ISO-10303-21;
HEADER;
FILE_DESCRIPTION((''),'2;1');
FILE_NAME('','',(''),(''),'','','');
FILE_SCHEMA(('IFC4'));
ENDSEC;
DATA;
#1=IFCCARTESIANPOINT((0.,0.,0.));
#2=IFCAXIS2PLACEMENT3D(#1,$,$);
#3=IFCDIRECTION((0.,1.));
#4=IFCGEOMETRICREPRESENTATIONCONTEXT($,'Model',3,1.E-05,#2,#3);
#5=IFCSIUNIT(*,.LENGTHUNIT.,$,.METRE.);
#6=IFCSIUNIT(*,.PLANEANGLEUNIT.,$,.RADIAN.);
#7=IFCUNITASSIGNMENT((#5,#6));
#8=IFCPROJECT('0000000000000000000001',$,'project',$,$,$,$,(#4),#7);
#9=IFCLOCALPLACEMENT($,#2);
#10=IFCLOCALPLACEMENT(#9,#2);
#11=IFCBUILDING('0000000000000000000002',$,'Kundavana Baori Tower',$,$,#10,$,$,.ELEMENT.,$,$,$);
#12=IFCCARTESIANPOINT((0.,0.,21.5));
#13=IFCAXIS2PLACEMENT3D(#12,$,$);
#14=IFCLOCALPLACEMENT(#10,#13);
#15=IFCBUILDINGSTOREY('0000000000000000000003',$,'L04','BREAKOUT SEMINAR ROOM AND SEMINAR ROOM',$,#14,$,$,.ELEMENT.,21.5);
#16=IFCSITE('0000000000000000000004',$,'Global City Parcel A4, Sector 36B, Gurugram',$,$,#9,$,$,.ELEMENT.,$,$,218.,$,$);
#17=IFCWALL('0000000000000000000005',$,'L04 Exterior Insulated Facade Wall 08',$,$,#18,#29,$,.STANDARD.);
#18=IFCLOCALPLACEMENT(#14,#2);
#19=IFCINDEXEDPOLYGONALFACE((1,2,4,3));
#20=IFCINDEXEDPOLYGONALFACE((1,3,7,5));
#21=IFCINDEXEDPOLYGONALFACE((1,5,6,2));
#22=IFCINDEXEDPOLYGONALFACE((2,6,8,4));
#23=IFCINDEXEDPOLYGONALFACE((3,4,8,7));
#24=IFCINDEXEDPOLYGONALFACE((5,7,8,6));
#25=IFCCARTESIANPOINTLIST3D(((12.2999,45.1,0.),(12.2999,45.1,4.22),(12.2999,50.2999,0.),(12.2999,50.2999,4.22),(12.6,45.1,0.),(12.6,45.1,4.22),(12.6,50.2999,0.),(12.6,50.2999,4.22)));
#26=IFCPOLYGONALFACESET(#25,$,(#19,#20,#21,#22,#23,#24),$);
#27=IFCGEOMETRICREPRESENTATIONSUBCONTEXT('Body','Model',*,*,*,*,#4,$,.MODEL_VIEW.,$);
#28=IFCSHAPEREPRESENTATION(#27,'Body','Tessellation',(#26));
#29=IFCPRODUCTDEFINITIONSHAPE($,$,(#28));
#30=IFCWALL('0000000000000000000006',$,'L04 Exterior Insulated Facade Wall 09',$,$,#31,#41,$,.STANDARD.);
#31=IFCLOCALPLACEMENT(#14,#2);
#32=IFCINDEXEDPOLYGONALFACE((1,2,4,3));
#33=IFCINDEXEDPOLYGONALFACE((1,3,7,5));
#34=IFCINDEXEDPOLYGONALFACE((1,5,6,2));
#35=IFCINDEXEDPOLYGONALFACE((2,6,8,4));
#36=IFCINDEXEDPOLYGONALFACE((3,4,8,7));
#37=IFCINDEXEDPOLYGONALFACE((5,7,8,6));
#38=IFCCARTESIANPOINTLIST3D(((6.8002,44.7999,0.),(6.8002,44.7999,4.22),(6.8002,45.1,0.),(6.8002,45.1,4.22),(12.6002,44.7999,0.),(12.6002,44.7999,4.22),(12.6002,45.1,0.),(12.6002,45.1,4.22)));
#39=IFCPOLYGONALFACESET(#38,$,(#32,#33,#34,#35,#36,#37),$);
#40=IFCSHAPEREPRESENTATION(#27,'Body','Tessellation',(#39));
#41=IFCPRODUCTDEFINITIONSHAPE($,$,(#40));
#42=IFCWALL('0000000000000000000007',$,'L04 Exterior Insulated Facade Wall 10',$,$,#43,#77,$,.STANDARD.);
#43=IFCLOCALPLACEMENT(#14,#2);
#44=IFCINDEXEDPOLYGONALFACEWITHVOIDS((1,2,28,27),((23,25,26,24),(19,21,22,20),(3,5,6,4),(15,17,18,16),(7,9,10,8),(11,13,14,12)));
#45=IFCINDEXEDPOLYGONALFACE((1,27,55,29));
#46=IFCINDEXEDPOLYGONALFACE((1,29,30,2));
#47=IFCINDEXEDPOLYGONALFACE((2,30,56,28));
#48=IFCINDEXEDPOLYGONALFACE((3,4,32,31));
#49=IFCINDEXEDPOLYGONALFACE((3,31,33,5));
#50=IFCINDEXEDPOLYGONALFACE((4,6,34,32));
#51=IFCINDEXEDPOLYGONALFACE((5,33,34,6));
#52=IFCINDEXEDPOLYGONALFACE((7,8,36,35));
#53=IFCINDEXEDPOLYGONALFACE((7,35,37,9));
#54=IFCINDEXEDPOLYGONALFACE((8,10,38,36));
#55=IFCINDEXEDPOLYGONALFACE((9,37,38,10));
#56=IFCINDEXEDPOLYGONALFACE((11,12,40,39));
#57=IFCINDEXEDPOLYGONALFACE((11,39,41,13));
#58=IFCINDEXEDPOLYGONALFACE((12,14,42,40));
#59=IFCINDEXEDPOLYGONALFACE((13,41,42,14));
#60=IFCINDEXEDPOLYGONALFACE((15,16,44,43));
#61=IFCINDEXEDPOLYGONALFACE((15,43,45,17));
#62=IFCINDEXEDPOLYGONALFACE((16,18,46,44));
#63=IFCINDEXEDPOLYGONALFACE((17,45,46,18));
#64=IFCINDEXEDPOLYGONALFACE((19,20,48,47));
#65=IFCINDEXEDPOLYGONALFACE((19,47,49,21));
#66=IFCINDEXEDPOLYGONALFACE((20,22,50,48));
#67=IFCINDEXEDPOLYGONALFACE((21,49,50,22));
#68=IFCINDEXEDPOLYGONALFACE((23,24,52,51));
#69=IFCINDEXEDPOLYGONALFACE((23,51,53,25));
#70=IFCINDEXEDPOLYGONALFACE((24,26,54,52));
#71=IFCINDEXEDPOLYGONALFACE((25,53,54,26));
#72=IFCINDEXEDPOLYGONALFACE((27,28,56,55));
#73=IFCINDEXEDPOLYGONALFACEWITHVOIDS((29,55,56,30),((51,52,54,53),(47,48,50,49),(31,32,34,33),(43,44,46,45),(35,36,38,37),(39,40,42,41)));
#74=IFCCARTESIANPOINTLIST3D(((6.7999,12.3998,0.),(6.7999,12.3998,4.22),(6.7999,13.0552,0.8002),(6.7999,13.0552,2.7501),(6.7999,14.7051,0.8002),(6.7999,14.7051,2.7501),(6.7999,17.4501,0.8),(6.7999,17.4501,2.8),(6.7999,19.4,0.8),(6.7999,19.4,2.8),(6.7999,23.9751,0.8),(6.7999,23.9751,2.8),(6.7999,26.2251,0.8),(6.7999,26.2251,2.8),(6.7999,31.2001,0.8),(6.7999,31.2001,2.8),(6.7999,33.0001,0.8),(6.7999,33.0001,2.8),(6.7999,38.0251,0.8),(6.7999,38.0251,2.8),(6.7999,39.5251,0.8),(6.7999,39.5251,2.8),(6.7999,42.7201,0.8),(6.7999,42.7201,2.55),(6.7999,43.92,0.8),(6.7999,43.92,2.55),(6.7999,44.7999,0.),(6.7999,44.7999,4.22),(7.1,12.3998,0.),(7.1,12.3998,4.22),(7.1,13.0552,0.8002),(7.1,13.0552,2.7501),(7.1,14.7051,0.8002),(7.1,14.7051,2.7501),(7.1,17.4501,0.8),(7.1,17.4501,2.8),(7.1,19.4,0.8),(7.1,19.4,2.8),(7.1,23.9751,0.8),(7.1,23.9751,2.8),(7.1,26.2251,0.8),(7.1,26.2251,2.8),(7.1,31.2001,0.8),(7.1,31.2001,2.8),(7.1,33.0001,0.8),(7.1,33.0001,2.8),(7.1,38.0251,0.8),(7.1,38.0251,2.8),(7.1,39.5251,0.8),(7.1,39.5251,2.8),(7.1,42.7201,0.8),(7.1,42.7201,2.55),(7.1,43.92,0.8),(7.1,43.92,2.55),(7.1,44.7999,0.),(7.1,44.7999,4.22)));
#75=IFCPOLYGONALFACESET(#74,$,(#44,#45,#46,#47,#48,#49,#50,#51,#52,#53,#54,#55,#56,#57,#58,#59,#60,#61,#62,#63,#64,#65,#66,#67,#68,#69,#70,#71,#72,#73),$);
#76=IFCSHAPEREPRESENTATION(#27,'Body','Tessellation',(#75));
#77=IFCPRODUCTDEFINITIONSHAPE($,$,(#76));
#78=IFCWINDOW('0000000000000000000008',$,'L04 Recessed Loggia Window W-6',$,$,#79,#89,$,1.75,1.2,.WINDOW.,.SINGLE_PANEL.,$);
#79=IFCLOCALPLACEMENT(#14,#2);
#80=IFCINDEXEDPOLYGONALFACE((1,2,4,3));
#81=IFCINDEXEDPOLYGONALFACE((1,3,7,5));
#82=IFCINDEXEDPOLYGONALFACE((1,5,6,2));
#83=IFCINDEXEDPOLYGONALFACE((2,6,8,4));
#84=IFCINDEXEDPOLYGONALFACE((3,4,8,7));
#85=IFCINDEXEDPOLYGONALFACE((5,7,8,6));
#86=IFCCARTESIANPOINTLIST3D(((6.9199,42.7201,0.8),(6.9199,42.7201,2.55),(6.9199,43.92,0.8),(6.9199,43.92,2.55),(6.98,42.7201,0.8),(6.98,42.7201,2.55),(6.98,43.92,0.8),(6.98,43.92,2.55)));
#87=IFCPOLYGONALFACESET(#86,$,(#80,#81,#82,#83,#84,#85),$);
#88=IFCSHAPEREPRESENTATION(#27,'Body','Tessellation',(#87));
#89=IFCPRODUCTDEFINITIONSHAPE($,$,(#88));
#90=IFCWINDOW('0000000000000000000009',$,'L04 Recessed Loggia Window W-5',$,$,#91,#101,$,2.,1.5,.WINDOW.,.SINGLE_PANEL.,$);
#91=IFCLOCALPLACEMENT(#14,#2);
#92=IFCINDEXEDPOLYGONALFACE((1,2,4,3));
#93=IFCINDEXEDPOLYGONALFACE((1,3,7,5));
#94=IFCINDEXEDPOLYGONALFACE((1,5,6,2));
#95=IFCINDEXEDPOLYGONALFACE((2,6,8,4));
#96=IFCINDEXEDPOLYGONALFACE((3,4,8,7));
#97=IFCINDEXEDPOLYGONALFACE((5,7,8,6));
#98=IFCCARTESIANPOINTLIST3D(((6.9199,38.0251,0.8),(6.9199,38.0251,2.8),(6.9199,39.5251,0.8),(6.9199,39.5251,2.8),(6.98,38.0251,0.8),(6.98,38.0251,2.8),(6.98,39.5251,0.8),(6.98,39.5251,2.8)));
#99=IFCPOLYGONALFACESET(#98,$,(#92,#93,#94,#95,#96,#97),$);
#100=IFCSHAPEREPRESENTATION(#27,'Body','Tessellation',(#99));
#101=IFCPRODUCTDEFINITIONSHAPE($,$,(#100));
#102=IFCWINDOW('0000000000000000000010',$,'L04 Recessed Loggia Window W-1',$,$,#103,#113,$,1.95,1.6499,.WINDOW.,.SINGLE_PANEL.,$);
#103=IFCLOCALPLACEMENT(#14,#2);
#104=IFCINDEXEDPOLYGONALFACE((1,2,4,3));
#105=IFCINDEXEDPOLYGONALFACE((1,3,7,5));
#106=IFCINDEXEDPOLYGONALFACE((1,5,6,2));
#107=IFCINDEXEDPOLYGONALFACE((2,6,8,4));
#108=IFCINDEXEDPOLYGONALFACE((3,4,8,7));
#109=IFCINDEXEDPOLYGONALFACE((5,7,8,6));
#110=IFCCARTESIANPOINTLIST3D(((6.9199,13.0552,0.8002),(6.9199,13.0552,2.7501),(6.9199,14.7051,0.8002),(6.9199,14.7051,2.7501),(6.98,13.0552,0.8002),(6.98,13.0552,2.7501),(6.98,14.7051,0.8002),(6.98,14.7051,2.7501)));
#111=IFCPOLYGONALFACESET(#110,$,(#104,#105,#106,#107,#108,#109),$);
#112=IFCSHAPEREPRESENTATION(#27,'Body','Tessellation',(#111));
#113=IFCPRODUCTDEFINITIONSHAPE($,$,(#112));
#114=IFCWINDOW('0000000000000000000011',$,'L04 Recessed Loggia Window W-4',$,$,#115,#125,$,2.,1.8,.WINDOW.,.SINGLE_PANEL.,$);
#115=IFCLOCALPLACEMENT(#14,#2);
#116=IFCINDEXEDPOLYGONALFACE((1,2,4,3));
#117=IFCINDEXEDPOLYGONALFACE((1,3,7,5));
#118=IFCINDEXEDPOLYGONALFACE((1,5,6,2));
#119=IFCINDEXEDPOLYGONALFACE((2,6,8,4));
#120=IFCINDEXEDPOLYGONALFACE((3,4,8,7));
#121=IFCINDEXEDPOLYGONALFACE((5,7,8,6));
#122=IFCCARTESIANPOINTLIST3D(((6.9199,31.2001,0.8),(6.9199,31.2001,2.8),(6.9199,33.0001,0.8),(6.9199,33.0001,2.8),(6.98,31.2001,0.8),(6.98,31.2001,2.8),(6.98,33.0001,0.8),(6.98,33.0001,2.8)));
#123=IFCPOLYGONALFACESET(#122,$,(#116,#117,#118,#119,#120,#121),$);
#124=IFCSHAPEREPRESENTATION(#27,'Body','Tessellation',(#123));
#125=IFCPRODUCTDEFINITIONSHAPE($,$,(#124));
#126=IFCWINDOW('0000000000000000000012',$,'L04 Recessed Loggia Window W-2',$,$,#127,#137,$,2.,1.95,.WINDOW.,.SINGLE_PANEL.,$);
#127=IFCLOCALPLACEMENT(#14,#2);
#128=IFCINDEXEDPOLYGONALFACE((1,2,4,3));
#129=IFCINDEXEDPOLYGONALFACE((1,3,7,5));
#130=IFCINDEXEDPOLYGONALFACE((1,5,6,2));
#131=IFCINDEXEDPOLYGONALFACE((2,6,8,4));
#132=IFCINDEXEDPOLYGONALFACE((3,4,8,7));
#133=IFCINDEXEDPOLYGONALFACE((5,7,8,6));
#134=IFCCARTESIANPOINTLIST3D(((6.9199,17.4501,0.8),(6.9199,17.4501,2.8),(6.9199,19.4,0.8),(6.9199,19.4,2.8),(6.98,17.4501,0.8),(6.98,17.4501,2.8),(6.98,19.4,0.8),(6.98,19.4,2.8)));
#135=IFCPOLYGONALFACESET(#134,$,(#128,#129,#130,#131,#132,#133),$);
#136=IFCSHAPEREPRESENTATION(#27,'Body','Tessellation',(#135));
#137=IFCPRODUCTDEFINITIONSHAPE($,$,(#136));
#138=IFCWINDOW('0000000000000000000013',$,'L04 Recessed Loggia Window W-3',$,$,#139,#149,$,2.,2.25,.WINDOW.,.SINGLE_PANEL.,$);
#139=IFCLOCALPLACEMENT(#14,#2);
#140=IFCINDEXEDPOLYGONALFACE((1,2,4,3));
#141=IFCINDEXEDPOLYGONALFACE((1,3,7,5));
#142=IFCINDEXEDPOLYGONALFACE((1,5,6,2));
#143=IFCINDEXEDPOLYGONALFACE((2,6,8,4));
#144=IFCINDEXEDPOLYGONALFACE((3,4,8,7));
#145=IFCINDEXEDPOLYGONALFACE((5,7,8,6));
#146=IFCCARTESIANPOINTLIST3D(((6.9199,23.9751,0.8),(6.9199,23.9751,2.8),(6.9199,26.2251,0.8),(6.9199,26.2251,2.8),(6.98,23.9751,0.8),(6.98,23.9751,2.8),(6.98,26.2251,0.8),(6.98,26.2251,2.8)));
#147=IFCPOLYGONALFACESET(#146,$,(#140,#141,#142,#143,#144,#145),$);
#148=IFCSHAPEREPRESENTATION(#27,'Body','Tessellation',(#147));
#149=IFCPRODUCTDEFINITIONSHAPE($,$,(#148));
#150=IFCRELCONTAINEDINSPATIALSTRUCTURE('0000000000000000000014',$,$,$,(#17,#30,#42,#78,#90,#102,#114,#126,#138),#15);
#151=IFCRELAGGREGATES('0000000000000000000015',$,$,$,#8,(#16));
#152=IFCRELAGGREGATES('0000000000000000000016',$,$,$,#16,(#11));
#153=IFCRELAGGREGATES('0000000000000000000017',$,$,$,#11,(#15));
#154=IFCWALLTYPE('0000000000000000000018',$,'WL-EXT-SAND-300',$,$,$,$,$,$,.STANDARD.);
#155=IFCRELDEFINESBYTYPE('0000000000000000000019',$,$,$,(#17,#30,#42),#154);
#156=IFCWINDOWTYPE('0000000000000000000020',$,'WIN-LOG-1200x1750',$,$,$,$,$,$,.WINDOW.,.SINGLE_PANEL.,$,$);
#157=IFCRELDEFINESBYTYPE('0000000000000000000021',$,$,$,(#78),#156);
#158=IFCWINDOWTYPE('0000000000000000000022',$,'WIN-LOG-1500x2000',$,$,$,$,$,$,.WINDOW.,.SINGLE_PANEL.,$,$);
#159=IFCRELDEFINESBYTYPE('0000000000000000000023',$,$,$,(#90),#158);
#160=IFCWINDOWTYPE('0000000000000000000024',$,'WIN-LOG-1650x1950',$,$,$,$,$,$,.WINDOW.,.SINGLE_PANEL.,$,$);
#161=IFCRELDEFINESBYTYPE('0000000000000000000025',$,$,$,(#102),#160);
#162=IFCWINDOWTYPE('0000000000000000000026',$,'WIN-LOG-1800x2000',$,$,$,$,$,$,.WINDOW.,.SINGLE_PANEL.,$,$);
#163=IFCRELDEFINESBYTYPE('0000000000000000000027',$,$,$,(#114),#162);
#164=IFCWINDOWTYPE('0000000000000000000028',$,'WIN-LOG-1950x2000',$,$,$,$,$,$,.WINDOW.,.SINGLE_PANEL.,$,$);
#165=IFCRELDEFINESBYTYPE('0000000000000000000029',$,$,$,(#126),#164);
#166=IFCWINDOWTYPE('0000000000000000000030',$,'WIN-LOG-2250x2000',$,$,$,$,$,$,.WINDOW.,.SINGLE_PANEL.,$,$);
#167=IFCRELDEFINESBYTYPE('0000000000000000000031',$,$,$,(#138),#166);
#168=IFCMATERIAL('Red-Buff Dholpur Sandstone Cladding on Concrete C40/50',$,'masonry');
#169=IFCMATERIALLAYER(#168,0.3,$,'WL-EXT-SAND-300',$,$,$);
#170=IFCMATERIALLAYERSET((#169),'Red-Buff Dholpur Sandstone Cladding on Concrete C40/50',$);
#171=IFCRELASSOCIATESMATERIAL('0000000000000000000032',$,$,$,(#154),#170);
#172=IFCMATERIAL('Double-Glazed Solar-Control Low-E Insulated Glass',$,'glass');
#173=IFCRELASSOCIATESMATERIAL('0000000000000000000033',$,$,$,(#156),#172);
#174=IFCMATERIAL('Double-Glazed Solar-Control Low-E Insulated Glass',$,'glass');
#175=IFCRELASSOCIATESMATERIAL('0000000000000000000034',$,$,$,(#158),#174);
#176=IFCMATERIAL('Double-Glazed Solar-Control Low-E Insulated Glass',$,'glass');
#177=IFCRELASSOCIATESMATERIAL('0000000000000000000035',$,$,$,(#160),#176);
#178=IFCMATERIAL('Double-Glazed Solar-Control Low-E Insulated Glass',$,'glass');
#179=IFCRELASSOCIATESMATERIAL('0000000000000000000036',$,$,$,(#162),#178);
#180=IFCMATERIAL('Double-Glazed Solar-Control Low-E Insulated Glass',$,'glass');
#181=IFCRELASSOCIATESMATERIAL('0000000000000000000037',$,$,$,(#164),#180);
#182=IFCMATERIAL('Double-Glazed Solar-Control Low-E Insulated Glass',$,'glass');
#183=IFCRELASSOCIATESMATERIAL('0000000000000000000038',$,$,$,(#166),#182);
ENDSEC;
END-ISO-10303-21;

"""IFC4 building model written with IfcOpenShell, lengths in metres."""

from ifc_helpers import new_model, si_unit, direction, frame, frame_2d, origin, place, context, subcontext, project, spatial, rectangle, extrude, material, layer, layer_set, type_object, element, fill, save


model = new_model("IFC4")

# Units and contexts
model_context = context("Model", 3, precision=1e-05, world=origin(), true_north=direction((0.0, 1.0)))
body_context = subcontext(model_context, "Body", "Model", "MODEL_VIEW")
ifc_project = project(units=[si_unit("LENGTHUNIT", "METRE"), si_unit("PLANEANGLEUNIT", "RADIAN")], contexts=[model_context])

# Site, building, storey
site_placement = place(None, origin())
site = spatial("IfcSite", under=ifc_project, at=site_placement, Name="Global City Parcel A4, Sector 36B, Gurugram", CompositionType="ELEMENT", RefElevation=218.0)
building_placement = place(site_placement, origin())
building = spatial("IfcBuilding", under=site, at=building_placement, Name="Kundavana Baori Tower", CompositionType="ELEMENT")
storey_placement = place(building_placement, frame((0.0, 0.0, 21.5)))
storey = spatial("IfcBuildingStorey", under=building, at=storey_placement, Name="L04", Description="BREAKOUT SEMINAR ROOM AND SEMINAR ROOM", CompositionType="ELEMENT", Elevation=21.5)

# Walls
ifc_material_1 = material(Name="Red-Buff Dholpur Sandstone Cladding on Concrete C40/50", Category="masonry")
ifc_layer_1 = layer(ifc_material_1, 0.3, Name="WL-EXT-SAND-300")
ifc_layer_set_1 = layer_set([ifc_layer_1], Name="Red-Buff Dholpur Sandstone Cladding on Concrete C40/50")
wall_type_1 = type_object("IfcWallType", Name="WL-EXT-SAND-300", PredefinedType="STANDARD", material=ifc_layer_set_1)
wall_1_placement = place(storey_placement, frame((12.45, 50.3, 0.0), z_axis=(0.0, 0.0, 1.0), x_axis=(0.0, -1.0, 0.0)))
element("IfcWall", 1, at=wall_1_placement, inside=storey, type_object=wall_type_1, Name="L04 Exterior Insulated Facade Wall 08", PredefinedType="STANDARD", context=body_context, shape_type="SweptSolid", body=[
    extrude(rectangle(XDim=5.2, YDim=0.3, at=frame_2d((2.6001, 0.0))), origin(), (0.0, 0.0, 1.0), 4.22),
])
wall_2_placement = place(storey_placement, frame((12.6001, 44.95, 0.0), z_axis=(0.0, 0.0, 1.0), x_axis=(-1.0, 0.0, 0.0)))
element("IfcWall", 2, at=wall_2_placement, inside=storey, type_object=wall_type_1, Name="L04 Exterior Insulated Facade Wall 09", PredefinedType="STANDARD", context=body_context, shape_type="SweptSolid", body=[
    extrude(rectangle(XDim=5.8, YDim=0.3, at=frame_2d((2.8999, 0.0))), origin(), (0.0, 0.0, 1.0), 4.22),
])

# Wall, openings, windows
wall_3_placement = place(storey_placement, frame((6.95, 44.8, 0.0), z_axis=(0.0, 0.0, 1.0), x_axis=(0.0, -1.0, 0.0)))
wall_3 = element("IfcWall", 3, at=wall_3_placement, inside=storey, type_object=wall_type_1, Name="L04 Exterior Insulated Facade Wall 10", PredefinedType="STANDARD", context=body_context, shape_type="SweptSolid", body=[
    extrude(rectangle(XDim=32.4001, YDim=0.3, at=frame_2d((16.2002, 0.0))), origin(), (0.0, 0.0, 1.0), 4.22),
])
opening_1_placement = place(wall_3_placement, frame((30.095, 0.0, 0.8)))
opening_1 = element("IfcOpeningElement", 4, at=opening_1_placement, cuts=wall_3, PredefinedType="OPENING", context=body_context, shape_type="SweptSolid", body=[
    extrude(rectangle(XDim=1.6499, YDim=1.95, at=frame_2d((0.825, 0.9751))), frame((0.0, 0.1602, 0.0), z_axis=(0.0, -1.0, 0.0), x_axis=(1.0, 0.0, 0.0)), (0.0, 0.0, 1.0), 0.3201),
])
opening_2_placement = place(wall_3_placement, frame((25.3999, 0.0, 0.8)))
opening_2 = element("IfcOpeningElement", 5, at=opening_2_placement, cuts=wall_3, PredefinedType="OPENING", context=body_context, shape_type="SweptSolid", body=[
    extrude(rectangle(XDim=1.95, YDim=2.0, at=frame_2d((0.9751, 1.0))), frame((0.0, 0.1602, 0.0), z_axis=(0.0, -1.0, 0.0), x_axis=(1.0, 0.0, 0.0)), (0.0, 0.0, 1.0), 0.3201),
])
opening_3_placement = place(wall_3_placement, frame((18.575, 0.0, 0.8)))
opening_3 = element("IfcOpeningElement", 6, at=opening_3_placement, cuts=wall_3, PredefinedType="OPENING", context=body_context, shape_type="SweptSolid", body=[
    extrude(rectangle(XDim=2.25, YDim=2.0, at=frame_2d((1.125, 1.0))), frame((0.0, 0.1602, 0.0), z_axis=(0.0, -1.0, 0.0), x_axis=(1.0, 0.0, 0.0)), (0.0, 0.0, 1.0), 0.3201),
])
opening_4_placement = place(wall_3_placement, frame((11.8, 0.0, 0.8)))
opening_4 = element("IfcOpeningElement", 7, at=opening_4_placement, cuts=wall_3, PredefinedType="OPENING", context=body_context, shape_type="SweptSolid", body=[
    extrude(rectangle(XDim=1.8, YDim=2.0, at=frame_2d((0.8999, 1.0))), frame((0.0, 0.1602, 0.0), z_axis=(0.0, -1.0, 0.0), x_axis=(1.0, 0.0, 0.0)), (0.0, 0.0, 1.0), 0.3201),
])
opening_5_placement = place(wall_3_placement, frame((5.2749, 0.0, 0.8)))
opening_5 = element("IfcOpeningElement", 8, at=opening_5_placement, cuts=wall_3, PredefinedType="OPENING", context=body_context, shape_type="SweptSolid", body=[
    extrude(rectangle(XDim=1.5, YDim=2.0, at=frame_2d((0.75, 1.0))), frame((0.0, 0.1602, 0.0), z_axis=(0.0, -1.0, 0.0), x_axis=(1.0, 0.0, 0.0)), (0.0, 0.0, 1.0), 0.3201),
])
opening_6_placement = place(wall_3_placement, frame((0.8799, 0.0, 0.8)))
opening_6 = element("IfcOpeningElement", 9, at=opening_6_placement, cuts=wall_3, PredefinedType="OPENING", context=body_context, shape_type="SweptSolid", body=[
    extrude(rectangle(XDim=1.2, YDim=1.75, at=frame_2d((0.6001, 0.875))), frame((0.0, 0.1602, 0.0), z_axis=(0.0, -1.0, 0.0), x_axis=(1.0, 0.0, 0.0)), (0.0, 0.0, 1.0), 0.3201),
])
ifc_material_2 = material(Name="Double-Glazed Solar-Control Low-E Insulated Glass", Category="glass")
window_type_1 = type_object("IfcWindowType", Name="WIN-LOG-1200x1750", PartitioningType="SINGLE_PANEL", PredefinedType="WINDOW", material=ifc_material_2)
window_1_placement = place(opening_6_placement, origin())
window_1 = element("IfcWindow", 10, at=window_1_placement, inside=storey, type_object=window_type_1, Name="L04 Recessed Loggia Window W-6", OverallHeight=1.75, OverallWidth=1.2, PartitioningType="SINGLE_PANEL", PredefinedType="WINDOW", context=body_context, shape_type="SweptSolid", body=[
    extrude(rectangle(XDim=1.2, YDim=1.75, at=frame_2d((0.6001, 0.875))), frame((0.0, 0.03, 0.0), z_axis=(0.0, -1.0, 0.0), x_axis=(1.0, 0.0, 0.0)), (0.0, 0.0, 1.0), 0.0601),
])
fill(opening_6, window_1)
ifc_material_3 = material(Name="Double-Glazed Solar-Control Low-E Insulated Glass", Category="glass")
window_type_2 = type_object("IfcWindowType", Name="WIN-LOG-1500x2000", PartitioningType="SINGLE_PANEL", PredefinedType="WINDOW", material=ifc_material_3)
window_2_placement = place(opening_5_placement, origin())
window_2 = element("IfcWindow", 11, at=window_2_placement, inside=storey, type_object=window_type_2, Name="L04 Recessed Loggia Window W-5", OverallHeight=2.0, OverallWidth=1.5, PartitioningType="SINGLE_PANEL", PredefinedType="WINDOW", context=body_context, shape_type="SweptSolid", body=[
    extrude(rectangle(XDim=1.5, YDim=2.0, at=frame_2d((0.75, 1.0))), frame((0.0, 0.03, 0.0), z_axis=(0.0, -1.0, 0.0), x_axis=(1.0, 0.0, 0.0)), (0.0, 0.0, 1.0), 0.0601),
])
fill(opening_5, window_2)
ifc_material_4 = material(Name="Double-Glazed Solar-Control Low-E Insulated Glass", Category="glass")
window_type_3 = type_object("IfcWindowType", Name="WIN-LOG-1650x1950", PartitioningType="SINGLE_PANEL", PredefinedType="WINDOW", material=ifc_material_4)
window_3_placement = place(opening_1_placement, origin())
window_3 = element("IfcWindow", 12, at=window_3_placement, inside=storey, type_object=window_type_3, Name="L04 Recessed Loggia Window W-1", OverallHeight=1.95, OverallWidth=1.6499, PartitioningType="SINGLE_PANEL", PredefinedType="WINDOW", context=body_context, shape_type="SweptSolid", body=[
    extrude(rectangle(XDim=1.6499, YDim=1.95, at=frame_2d((0.825, 0.9751))), frame((0.0, 0.03, 0.0), z_axis=(0.0, -1.0, 0.0), x_axis=(1.0, 0.0, 0.0)), (0.0, 0.0, 1.0), 0.0601),
])
fill(opening_1, window_3)
ifc_material_5 = material(Name="Double-Glazed Solar-Control Low-E Insulated Glass", Category="glass")
window_type_4 = type_object("IfcWindowType", Name="WIN-LOG-1800x2000", PartitioningType="SINGLE_PANEL", PredefinedType="WINDOW", material=ifc_material_5)
window_4_placement = place(opening_4_placement, origin())
window_4 = element("IfcWindow", 13, at=window_4_placement, inside=storey, type_object=window_type_4, Name="L04 Recessed Loggia Window W-4", OverallHeight=2.0, OverallWidth=1.8, PartitioningType="SINGLE_PANEL", PredefinedType="WINDOW", context=body_context, shape_type="SweptSolid", body=[
    extrude(rectangle(XDim=1.8, YDim=2.0, at=frame_2d((0.8999, 1.0))), frame((0.0, 0.03, 0.0), z_axis=(0.0, -1.0, 0.0), x_axis=(1.0, 0.0, 0.0)), (0.0, 0.0, 1.0), 0.0601),
])
fill(opening_4, window_4)
ifc_material_6 = material(Name="Double-Glazed Solar-Control Low-E Insulated Glass", Category="glass")
window_type_5 = type_object("IfcWindowType", Name="WIN-LOG-1950x2000", PartitioningType="SINGLE_PANEL", PredefinedType="WINDOW", material=ifc_material_6)
window_5_placement = place(opening_2_placement, origin())
window_5 = element("IfcWindow", 14, at=window_5_placement, inside=storey, type_object=window_type_5, Name="L04 Recessed Loggia Window W-2", OverallHeight=2.0, OverallWidth=1.95, PartitioningType="SINGLE_PANEL", PredefinedType="WINDOW", context=body_context, shape_type="SweptSolid", body=[
    extrude(rectangle(XDim=1.95, YDim=2.0, at=frame_2d((0.9751, 1.0))), frame((0.0, 0.03, 0.0), z_axis=(0.0, -1.0, 0.0), x_axis=(1.0, 0.0, 0.0)), (0.0, 0.0, 1.0), 0.0601),
])
fill(opening_2, window_5)
ifc_material_7 = material(Name="Double-Glazed Solar-Control Low-E Insulated Glass", Category="glass")
window_type_6 = type_object("IfcWindowType", Name="WIN-LOG-2250x2000", PartitioningType="SINGLE_PANEL", PredefinedType="WINDOW", material=ifc_material_7)
window_6_placement = place(opening_3_placement, origin())
window_6 = element("IfcWindow", 15, at=window_6_placement, inside=storey, type_object=window_type_6, Name="L04 Recessed Loggia Window W-3", OverallHeight=2.0, OverallWidth=2.25, PartitioningType="SINGLE_PANEL", PredefinedType="WINDOW", context=body_context, shape_type="SweptSolid", body=[
    extrude(rectangle(XDim=2.25, YDim=2.0, at=frame_2d((1.125, 1.0))), frame((0.0, 0.03, 0.0), z_axis=(0.0, -1.0, 0.0), x_axis=(1.0, 0.0, 0.0)), (0.0, 0.0, 1.0), 0.0601),
])
fill(opening_3, window_6)

save(model, "model.ifc")
